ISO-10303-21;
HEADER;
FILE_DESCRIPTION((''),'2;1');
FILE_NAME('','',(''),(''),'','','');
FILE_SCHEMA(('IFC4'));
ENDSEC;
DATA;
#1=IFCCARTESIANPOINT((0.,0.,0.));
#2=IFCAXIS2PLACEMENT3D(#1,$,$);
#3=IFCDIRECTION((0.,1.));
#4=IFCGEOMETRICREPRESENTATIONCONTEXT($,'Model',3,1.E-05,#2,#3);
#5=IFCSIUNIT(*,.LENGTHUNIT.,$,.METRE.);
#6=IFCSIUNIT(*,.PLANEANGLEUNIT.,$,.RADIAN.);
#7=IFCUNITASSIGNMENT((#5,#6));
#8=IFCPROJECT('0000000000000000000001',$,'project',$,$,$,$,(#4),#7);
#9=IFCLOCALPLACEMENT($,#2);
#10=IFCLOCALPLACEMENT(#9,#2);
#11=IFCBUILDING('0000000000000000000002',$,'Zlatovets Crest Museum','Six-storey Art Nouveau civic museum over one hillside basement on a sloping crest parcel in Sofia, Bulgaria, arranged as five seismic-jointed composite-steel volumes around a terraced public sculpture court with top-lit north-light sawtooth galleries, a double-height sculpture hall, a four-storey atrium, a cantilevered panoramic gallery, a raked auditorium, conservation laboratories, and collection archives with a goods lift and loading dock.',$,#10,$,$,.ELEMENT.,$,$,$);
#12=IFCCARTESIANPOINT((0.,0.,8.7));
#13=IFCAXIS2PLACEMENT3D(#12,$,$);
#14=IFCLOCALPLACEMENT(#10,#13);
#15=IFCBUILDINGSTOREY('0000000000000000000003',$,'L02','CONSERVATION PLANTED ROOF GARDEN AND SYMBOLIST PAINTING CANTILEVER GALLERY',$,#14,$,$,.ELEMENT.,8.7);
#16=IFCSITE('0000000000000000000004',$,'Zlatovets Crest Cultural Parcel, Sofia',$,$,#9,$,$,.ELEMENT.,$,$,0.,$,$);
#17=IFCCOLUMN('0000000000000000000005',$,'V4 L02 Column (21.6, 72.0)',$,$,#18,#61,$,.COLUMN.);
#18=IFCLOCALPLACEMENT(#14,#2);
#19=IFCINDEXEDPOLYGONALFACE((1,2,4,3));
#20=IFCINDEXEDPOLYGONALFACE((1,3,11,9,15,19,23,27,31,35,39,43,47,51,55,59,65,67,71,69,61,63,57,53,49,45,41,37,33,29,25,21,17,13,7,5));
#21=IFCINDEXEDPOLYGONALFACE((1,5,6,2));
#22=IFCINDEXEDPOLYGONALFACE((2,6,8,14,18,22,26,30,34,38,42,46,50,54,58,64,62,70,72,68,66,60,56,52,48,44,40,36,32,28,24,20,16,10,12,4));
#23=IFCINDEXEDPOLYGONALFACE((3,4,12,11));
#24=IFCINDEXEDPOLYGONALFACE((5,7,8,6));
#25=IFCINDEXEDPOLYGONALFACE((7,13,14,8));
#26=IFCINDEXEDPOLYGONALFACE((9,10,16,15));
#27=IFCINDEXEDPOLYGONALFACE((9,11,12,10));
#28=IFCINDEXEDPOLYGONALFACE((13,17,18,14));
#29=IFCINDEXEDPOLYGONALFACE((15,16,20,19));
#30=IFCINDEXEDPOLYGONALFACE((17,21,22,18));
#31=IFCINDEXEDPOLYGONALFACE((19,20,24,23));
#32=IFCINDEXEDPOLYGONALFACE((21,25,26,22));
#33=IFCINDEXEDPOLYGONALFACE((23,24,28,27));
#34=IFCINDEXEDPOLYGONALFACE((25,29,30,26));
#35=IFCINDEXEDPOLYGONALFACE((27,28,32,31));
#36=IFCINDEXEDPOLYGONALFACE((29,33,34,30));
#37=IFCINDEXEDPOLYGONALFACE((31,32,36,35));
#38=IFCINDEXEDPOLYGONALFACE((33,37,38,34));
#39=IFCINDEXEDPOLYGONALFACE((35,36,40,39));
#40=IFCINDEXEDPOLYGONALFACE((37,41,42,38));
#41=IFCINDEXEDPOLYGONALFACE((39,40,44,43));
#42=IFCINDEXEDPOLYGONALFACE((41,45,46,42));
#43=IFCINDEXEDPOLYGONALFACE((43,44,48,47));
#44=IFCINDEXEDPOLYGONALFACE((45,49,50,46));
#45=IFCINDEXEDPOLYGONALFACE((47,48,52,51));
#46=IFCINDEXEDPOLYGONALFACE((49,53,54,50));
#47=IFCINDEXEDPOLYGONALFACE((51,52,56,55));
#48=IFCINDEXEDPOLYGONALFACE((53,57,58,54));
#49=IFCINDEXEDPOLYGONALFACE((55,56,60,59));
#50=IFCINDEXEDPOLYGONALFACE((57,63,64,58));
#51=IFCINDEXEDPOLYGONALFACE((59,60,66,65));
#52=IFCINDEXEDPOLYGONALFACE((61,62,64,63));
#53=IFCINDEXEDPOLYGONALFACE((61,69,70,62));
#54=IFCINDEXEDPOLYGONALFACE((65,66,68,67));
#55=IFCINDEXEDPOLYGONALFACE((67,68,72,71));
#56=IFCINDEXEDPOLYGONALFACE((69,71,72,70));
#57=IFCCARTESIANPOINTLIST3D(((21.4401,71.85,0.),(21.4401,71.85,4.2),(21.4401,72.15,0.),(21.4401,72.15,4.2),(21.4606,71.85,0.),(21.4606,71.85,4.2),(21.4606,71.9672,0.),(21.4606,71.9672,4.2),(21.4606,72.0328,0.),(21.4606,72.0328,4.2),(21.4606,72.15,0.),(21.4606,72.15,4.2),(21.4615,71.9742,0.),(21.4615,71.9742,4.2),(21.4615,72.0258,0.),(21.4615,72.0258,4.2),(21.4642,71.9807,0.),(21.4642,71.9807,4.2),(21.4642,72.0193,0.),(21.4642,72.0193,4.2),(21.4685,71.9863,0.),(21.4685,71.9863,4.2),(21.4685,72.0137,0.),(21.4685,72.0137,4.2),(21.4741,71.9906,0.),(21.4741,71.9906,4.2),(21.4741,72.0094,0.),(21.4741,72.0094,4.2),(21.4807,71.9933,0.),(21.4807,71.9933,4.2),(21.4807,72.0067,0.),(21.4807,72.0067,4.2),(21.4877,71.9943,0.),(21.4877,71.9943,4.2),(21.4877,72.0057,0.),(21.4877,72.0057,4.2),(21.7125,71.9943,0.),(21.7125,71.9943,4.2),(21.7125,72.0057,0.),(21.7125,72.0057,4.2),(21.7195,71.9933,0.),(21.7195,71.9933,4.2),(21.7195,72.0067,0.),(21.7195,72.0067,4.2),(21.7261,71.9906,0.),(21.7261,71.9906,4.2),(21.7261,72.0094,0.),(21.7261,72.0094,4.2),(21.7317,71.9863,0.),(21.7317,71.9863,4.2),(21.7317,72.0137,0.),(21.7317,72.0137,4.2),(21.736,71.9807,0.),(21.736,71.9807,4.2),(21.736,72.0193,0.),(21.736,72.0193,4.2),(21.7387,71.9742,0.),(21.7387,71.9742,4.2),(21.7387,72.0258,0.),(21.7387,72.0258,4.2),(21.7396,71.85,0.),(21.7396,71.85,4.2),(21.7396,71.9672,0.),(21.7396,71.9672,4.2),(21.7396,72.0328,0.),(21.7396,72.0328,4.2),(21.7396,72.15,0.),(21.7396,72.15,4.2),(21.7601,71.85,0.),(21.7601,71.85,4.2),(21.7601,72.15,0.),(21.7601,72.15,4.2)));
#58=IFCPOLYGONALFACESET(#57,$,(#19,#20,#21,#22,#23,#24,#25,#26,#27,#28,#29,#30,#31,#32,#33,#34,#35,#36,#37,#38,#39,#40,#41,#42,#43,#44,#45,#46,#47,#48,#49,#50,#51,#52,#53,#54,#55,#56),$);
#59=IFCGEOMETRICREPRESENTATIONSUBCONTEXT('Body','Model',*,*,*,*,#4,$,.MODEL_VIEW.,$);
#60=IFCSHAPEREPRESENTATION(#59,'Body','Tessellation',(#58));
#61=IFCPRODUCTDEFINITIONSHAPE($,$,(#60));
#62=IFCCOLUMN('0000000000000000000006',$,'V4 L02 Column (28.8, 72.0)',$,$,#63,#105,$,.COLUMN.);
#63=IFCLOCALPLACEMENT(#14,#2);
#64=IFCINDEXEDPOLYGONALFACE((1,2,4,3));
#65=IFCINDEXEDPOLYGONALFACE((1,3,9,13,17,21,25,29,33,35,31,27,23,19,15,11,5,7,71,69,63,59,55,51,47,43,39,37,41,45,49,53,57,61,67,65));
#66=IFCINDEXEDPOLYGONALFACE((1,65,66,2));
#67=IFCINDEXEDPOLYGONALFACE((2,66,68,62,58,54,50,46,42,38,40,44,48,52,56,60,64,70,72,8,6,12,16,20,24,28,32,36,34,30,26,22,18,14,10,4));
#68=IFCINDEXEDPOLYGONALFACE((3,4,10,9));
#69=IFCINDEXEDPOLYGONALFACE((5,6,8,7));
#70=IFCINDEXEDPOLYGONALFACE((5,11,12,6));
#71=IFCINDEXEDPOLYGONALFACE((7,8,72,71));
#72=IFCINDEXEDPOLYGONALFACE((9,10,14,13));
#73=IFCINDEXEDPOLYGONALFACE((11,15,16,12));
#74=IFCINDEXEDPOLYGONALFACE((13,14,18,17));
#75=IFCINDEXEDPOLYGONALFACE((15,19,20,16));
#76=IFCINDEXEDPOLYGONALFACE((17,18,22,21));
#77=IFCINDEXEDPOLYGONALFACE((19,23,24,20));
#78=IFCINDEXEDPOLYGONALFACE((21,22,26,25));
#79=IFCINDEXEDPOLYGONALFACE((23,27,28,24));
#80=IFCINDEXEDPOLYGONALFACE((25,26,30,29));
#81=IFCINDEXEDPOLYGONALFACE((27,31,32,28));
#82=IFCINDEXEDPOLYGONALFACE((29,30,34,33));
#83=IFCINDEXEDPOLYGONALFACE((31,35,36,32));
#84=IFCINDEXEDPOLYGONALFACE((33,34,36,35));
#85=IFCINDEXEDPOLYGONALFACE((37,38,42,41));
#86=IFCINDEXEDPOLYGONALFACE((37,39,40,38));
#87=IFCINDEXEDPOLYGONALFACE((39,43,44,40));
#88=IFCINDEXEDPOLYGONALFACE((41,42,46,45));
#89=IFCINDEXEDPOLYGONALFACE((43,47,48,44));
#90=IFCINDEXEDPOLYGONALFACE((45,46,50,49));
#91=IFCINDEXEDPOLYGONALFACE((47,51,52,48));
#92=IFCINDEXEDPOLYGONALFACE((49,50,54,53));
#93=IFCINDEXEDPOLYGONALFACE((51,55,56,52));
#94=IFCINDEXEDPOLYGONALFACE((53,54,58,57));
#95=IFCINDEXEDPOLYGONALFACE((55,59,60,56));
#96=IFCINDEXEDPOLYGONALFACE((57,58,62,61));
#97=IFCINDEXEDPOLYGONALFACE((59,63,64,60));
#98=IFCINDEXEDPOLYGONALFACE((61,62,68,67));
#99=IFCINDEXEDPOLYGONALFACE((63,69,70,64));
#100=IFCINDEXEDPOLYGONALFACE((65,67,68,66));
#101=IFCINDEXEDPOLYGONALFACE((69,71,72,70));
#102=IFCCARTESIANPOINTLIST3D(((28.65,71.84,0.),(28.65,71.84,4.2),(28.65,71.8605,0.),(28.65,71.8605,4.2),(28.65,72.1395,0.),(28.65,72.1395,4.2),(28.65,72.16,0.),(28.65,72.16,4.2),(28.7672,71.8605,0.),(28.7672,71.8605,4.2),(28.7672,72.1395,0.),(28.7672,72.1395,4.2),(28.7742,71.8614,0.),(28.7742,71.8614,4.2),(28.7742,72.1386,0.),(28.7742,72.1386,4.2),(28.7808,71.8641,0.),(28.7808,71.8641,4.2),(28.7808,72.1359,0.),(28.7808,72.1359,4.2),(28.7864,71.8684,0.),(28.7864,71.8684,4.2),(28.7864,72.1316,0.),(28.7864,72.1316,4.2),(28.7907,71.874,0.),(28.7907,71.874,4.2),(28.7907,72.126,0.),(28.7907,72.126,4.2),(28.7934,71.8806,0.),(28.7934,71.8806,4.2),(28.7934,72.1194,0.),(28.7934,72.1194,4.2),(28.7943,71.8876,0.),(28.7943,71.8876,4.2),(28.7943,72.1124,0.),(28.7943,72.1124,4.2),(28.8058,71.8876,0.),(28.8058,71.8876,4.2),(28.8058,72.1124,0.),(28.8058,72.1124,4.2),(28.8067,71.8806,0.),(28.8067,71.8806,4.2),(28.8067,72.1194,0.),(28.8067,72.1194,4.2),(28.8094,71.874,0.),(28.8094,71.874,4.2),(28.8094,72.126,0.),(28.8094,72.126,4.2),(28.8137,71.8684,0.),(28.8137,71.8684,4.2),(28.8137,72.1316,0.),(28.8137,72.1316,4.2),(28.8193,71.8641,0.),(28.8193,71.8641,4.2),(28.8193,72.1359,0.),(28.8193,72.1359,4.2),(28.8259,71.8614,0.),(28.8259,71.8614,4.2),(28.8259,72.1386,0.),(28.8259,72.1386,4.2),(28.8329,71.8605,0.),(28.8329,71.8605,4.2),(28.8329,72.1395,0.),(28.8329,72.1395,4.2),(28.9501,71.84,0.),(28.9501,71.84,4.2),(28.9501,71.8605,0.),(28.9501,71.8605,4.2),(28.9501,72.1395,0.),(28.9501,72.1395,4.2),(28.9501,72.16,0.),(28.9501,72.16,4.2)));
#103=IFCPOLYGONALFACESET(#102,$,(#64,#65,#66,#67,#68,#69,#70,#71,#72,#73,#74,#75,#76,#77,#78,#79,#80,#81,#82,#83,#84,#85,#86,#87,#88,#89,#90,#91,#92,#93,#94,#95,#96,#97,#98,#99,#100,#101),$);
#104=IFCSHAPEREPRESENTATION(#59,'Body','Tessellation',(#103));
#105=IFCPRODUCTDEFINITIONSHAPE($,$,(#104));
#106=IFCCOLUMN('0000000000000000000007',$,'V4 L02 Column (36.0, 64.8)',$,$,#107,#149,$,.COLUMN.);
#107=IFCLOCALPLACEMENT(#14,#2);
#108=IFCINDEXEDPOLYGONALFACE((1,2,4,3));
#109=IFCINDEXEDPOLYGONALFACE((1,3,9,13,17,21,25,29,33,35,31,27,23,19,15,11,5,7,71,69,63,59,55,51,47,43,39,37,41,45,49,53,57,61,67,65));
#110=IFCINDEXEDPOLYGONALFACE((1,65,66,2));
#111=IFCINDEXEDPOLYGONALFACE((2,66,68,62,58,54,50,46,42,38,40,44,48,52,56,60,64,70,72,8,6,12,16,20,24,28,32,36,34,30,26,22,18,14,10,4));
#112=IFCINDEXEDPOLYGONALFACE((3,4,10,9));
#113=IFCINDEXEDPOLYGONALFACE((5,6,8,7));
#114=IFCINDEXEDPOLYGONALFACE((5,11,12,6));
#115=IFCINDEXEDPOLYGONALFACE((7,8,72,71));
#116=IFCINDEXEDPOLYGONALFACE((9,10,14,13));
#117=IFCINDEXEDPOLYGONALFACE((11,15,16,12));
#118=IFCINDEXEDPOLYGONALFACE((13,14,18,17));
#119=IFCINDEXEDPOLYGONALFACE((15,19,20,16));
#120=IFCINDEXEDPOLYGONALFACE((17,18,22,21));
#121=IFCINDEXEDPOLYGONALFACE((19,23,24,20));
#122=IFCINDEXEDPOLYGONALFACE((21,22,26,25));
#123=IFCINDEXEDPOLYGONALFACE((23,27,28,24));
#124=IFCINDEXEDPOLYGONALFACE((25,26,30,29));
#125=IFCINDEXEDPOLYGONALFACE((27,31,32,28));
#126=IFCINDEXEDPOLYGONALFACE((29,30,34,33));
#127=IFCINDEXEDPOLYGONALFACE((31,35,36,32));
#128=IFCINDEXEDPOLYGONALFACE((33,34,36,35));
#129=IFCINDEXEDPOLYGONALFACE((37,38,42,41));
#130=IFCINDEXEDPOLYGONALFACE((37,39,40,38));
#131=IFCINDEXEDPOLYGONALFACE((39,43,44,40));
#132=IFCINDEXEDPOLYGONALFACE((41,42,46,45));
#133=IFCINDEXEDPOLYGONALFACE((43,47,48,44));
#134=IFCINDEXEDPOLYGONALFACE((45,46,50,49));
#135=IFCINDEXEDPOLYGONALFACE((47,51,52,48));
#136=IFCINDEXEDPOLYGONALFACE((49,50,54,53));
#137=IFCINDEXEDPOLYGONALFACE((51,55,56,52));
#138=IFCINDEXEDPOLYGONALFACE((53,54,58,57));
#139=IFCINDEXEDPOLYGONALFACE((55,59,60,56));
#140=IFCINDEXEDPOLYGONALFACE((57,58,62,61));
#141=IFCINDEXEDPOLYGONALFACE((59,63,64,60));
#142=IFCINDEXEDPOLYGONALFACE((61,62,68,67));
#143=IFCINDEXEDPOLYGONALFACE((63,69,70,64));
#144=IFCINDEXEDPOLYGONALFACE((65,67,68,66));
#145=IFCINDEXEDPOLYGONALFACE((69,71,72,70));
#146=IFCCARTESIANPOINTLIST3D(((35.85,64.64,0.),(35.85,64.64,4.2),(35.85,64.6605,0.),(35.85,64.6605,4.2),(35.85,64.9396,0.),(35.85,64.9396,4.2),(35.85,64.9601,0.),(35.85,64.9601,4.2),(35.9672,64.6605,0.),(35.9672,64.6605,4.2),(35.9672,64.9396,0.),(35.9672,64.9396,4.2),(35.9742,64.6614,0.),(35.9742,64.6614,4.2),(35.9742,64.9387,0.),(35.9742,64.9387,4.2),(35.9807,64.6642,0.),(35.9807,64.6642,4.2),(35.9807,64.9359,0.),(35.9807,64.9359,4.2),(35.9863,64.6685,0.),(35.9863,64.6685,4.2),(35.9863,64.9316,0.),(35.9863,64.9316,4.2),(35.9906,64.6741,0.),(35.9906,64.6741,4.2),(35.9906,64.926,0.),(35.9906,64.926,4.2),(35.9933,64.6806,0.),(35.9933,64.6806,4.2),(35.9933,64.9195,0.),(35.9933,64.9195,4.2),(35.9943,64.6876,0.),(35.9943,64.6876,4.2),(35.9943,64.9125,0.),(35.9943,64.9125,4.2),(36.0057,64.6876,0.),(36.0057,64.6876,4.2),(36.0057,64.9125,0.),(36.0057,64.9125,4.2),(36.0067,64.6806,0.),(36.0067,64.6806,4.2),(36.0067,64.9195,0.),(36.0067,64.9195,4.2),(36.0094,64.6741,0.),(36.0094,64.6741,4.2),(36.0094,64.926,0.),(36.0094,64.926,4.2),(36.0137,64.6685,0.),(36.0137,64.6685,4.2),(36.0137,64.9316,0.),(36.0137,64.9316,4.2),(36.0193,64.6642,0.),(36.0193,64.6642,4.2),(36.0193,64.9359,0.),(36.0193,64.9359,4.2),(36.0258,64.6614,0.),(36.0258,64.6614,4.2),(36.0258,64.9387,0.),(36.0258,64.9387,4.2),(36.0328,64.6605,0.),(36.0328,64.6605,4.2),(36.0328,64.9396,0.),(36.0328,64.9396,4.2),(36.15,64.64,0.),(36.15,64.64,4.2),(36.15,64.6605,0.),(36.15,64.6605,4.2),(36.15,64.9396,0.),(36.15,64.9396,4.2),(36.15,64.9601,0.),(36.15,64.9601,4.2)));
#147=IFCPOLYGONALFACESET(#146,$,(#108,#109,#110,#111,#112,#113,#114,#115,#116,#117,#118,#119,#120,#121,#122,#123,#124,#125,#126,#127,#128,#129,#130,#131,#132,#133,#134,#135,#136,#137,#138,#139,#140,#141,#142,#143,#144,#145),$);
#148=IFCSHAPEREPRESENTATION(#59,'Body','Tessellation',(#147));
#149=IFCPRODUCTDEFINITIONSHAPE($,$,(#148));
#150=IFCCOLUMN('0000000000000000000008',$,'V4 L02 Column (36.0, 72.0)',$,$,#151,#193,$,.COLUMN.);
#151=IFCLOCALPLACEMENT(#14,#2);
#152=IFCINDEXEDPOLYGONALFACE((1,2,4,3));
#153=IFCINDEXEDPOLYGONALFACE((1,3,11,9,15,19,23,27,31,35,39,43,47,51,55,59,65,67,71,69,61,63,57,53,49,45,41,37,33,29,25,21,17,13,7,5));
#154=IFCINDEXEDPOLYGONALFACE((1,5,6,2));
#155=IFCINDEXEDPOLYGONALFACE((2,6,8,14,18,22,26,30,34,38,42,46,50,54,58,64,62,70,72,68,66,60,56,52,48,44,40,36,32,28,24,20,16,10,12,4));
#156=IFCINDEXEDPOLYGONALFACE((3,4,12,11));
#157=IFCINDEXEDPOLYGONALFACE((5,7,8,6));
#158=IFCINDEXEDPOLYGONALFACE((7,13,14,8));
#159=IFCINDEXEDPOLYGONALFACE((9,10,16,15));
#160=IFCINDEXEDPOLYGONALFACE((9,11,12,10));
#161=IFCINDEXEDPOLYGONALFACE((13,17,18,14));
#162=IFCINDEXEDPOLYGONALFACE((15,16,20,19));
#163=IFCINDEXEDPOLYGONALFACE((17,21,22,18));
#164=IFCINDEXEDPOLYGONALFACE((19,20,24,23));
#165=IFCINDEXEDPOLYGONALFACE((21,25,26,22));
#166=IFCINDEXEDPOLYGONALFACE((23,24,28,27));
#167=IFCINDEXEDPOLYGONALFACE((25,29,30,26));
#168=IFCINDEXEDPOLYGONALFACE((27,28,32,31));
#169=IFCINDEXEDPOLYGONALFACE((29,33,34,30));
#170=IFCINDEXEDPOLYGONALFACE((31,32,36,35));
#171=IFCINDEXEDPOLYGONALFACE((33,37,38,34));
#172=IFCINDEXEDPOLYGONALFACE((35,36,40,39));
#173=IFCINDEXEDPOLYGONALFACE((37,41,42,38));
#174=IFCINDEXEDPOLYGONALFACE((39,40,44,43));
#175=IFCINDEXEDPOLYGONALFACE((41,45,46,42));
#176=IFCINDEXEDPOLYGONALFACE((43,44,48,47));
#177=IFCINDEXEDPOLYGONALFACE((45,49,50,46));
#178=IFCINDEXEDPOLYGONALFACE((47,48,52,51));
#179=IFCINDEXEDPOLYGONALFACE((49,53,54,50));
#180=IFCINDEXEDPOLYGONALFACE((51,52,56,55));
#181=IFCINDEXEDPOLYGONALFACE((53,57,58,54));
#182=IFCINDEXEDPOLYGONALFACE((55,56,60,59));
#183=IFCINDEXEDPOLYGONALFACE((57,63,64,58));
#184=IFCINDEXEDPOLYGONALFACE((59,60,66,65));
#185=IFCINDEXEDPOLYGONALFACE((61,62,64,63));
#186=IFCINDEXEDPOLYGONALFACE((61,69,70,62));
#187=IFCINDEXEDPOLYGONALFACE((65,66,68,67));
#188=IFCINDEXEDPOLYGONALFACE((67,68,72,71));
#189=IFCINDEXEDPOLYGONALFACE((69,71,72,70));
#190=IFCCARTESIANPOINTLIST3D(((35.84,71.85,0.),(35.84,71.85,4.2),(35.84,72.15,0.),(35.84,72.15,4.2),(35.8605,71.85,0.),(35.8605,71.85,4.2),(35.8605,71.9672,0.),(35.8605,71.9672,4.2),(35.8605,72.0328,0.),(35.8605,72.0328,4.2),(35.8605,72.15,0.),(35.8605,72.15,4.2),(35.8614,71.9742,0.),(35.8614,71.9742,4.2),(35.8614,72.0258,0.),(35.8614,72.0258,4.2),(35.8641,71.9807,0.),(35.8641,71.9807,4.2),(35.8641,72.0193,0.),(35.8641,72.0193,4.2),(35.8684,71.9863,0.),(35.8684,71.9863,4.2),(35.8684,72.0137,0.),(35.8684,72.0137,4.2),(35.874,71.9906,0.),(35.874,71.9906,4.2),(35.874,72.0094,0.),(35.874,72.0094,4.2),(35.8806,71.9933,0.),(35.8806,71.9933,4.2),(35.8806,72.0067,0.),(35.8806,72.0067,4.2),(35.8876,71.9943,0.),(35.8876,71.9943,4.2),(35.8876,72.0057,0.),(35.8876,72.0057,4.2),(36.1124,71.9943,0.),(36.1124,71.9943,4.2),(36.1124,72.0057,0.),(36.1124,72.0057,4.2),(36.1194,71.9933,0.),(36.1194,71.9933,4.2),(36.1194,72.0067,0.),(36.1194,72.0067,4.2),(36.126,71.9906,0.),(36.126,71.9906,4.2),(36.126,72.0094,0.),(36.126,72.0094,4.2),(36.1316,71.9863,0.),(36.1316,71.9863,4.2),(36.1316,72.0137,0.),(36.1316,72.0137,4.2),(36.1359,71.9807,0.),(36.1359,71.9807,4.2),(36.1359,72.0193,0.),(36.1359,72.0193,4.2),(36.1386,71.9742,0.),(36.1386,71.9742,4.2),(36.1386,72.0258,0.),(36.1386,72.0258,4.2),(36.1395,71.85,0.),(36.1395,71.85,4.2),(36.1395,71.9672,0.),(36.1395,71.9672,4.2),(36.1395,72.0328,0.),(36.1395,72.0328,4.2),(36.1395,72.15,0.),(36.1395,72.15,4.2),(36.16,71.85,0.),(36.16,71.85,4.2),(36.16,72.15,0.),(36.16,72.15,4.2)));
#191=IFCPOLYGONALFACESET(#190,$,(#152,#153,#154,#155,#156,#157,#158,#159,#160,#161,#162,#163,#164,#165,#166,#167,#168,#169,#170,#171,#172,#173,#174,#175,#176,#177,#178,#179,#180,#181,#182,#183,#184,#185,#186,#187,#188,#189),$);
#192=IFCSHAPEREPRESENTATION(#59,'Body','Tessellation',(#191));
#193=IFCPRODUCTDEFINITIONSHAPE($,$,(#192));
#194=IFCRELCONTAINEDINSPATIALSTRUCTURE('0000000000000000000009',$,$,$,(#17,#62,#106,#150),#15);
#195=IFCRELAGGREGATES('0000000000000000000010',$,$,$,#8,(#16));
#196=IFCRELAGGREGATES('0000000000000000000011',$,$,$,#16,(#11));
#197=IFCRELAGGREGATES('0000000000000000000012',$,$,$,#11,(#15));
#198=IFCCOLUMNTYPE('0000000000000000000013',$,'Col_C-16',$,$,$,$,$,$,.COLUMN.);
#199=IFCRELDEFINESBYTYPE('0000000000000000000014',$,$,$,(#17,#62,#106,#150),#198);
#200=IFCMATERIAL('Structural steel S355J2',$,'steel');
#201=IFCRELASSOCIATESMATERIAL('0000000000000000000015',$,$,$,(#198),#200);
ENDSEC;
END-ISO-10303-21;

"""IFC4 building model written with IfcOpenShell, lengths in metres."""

from ifc_helpers import new_model, si_unit, direction, frame, origin, origin_2d, place, context, subcontext, project, spatial, i_section, extrude, material, material_profile, profile_set, type_object, element, save


model = new_model("IFC4")

# Units and contexts
model_context = context("Model", 3, precision=1e-05, world=origin(), true_north=direction((0.0, 1.0)))
body_context = subcontext(model_context, "Body", "Model", "MODEL_VIEW")
ifc_project = project(units=[si_unit("LENGTHUNIT", "METRE"), si_unit("PLANEANGLEUNIT", "RADIAN")], contexts=[model_context])

# Site, building, storey
site_placement = place(None, origin())
site = spatial("IfcSite", under=ifc_project, at=site_placement, Name="Zlatovets Crest Cultural Parcel, Sofia", CompositionType="ELEMENT", RefElevation=0.0)
building_placement = place(site_placement, origin())
building = spatial("IfcBuilding", under=site, at=building_placement, Name="Zlatovets Crest Museum", Description="Six-storey Art Nouveau civic museum over one hillside basement on a sloping crest parcel in Sofia, Bulgaria, arranged as five seismic-jointed composite-steel volumes around a terraced public sculpture court with top-lit north-light sawtooth galleries, a double-height sculpture hall, a four-storey atrium, a cantilevered panoramic gallery, a raked auditorium, conservation laboratories, and collection archives with a goods lift and loading dock.", CompositionType="ELEMENT")
storey_placement = place(building_placement, frame((0.0, 0.0, 8.7)))
storey = spatial("IfcBuildingStorey", under=building, at=storey_placement, Name="L02", Description="CONSERVATION PLANTED ROOF GARDEN AND SYMBOLIST PAINTING CANTILEVER GALLERY", CompositionType="ELEMENT", Elevation=8.7)

# Columns
ifc_material_1 = material(Name="Structural steel S355J2", Category="steel")
ifc_material_profile_1 = material_profile(ifc_material_1, i_section(OverallWidth=0.3, OverallDepth=0.3201, WebThickness=0.0115, FlangeThickness=0.0205, FilletRadius=0.0271, at=origin_2d()), Name="HEB 320")
ifc_profile_set_1 = profile_set([ifc_material_profile_1], Name="Structural steel S355J2")
column_type = type_object("IfcColumnType", Name="Col_C-16", PredefinedType="COLUMN", material=ifc_profile_set_1)
for number, where, z_axis, x_axis, name in (
    (1, (21.6001, 72.0, 0.0), (0.0, 0.0, 1.0), (0.0, 1.0, 0.0), "V4 L02 Column (21.6, 72.0)"),
    (2, (28.8, 72.0, 0.0), (0.0, 0.0, 1.0), (1.0, 0.0, 0.0), "V4 L02 Column (28.8, 72.0)"),
    (3, (36.0, 64.8, 0.0), (0.0, 0.0, 1.0), (1.0, 0.0, 0.0), "V4 L02 Column (36.0, 64.8)"),
    (4, (36.0, 72.0, 0.0), (0.0, 0.0, 1.0), (0.0, 1.0, 0.0), "V4 L02 Column (36.0, 72.0)"),
):
    element("IfcColumn", number, at=place(storey_placement, frame(where, z_axis=z_axis, x_axis=x_axis)), inside=storey, type_object=column_type, Name=name, PredefinedType="COLUMN", context=body_context, shape_type="SweptSolid", body=[
        extrude(i_section(OverallWidth=0.3, OverallDepth=0.3201, WebThickness=0.0115, FlangeThickness=0.0205, FilletRadius=0.0271, at=origin_2d()), origin(), (0.0, 0.0, 1.0), 4.2),
    ])

save(model, "model.ifc")
